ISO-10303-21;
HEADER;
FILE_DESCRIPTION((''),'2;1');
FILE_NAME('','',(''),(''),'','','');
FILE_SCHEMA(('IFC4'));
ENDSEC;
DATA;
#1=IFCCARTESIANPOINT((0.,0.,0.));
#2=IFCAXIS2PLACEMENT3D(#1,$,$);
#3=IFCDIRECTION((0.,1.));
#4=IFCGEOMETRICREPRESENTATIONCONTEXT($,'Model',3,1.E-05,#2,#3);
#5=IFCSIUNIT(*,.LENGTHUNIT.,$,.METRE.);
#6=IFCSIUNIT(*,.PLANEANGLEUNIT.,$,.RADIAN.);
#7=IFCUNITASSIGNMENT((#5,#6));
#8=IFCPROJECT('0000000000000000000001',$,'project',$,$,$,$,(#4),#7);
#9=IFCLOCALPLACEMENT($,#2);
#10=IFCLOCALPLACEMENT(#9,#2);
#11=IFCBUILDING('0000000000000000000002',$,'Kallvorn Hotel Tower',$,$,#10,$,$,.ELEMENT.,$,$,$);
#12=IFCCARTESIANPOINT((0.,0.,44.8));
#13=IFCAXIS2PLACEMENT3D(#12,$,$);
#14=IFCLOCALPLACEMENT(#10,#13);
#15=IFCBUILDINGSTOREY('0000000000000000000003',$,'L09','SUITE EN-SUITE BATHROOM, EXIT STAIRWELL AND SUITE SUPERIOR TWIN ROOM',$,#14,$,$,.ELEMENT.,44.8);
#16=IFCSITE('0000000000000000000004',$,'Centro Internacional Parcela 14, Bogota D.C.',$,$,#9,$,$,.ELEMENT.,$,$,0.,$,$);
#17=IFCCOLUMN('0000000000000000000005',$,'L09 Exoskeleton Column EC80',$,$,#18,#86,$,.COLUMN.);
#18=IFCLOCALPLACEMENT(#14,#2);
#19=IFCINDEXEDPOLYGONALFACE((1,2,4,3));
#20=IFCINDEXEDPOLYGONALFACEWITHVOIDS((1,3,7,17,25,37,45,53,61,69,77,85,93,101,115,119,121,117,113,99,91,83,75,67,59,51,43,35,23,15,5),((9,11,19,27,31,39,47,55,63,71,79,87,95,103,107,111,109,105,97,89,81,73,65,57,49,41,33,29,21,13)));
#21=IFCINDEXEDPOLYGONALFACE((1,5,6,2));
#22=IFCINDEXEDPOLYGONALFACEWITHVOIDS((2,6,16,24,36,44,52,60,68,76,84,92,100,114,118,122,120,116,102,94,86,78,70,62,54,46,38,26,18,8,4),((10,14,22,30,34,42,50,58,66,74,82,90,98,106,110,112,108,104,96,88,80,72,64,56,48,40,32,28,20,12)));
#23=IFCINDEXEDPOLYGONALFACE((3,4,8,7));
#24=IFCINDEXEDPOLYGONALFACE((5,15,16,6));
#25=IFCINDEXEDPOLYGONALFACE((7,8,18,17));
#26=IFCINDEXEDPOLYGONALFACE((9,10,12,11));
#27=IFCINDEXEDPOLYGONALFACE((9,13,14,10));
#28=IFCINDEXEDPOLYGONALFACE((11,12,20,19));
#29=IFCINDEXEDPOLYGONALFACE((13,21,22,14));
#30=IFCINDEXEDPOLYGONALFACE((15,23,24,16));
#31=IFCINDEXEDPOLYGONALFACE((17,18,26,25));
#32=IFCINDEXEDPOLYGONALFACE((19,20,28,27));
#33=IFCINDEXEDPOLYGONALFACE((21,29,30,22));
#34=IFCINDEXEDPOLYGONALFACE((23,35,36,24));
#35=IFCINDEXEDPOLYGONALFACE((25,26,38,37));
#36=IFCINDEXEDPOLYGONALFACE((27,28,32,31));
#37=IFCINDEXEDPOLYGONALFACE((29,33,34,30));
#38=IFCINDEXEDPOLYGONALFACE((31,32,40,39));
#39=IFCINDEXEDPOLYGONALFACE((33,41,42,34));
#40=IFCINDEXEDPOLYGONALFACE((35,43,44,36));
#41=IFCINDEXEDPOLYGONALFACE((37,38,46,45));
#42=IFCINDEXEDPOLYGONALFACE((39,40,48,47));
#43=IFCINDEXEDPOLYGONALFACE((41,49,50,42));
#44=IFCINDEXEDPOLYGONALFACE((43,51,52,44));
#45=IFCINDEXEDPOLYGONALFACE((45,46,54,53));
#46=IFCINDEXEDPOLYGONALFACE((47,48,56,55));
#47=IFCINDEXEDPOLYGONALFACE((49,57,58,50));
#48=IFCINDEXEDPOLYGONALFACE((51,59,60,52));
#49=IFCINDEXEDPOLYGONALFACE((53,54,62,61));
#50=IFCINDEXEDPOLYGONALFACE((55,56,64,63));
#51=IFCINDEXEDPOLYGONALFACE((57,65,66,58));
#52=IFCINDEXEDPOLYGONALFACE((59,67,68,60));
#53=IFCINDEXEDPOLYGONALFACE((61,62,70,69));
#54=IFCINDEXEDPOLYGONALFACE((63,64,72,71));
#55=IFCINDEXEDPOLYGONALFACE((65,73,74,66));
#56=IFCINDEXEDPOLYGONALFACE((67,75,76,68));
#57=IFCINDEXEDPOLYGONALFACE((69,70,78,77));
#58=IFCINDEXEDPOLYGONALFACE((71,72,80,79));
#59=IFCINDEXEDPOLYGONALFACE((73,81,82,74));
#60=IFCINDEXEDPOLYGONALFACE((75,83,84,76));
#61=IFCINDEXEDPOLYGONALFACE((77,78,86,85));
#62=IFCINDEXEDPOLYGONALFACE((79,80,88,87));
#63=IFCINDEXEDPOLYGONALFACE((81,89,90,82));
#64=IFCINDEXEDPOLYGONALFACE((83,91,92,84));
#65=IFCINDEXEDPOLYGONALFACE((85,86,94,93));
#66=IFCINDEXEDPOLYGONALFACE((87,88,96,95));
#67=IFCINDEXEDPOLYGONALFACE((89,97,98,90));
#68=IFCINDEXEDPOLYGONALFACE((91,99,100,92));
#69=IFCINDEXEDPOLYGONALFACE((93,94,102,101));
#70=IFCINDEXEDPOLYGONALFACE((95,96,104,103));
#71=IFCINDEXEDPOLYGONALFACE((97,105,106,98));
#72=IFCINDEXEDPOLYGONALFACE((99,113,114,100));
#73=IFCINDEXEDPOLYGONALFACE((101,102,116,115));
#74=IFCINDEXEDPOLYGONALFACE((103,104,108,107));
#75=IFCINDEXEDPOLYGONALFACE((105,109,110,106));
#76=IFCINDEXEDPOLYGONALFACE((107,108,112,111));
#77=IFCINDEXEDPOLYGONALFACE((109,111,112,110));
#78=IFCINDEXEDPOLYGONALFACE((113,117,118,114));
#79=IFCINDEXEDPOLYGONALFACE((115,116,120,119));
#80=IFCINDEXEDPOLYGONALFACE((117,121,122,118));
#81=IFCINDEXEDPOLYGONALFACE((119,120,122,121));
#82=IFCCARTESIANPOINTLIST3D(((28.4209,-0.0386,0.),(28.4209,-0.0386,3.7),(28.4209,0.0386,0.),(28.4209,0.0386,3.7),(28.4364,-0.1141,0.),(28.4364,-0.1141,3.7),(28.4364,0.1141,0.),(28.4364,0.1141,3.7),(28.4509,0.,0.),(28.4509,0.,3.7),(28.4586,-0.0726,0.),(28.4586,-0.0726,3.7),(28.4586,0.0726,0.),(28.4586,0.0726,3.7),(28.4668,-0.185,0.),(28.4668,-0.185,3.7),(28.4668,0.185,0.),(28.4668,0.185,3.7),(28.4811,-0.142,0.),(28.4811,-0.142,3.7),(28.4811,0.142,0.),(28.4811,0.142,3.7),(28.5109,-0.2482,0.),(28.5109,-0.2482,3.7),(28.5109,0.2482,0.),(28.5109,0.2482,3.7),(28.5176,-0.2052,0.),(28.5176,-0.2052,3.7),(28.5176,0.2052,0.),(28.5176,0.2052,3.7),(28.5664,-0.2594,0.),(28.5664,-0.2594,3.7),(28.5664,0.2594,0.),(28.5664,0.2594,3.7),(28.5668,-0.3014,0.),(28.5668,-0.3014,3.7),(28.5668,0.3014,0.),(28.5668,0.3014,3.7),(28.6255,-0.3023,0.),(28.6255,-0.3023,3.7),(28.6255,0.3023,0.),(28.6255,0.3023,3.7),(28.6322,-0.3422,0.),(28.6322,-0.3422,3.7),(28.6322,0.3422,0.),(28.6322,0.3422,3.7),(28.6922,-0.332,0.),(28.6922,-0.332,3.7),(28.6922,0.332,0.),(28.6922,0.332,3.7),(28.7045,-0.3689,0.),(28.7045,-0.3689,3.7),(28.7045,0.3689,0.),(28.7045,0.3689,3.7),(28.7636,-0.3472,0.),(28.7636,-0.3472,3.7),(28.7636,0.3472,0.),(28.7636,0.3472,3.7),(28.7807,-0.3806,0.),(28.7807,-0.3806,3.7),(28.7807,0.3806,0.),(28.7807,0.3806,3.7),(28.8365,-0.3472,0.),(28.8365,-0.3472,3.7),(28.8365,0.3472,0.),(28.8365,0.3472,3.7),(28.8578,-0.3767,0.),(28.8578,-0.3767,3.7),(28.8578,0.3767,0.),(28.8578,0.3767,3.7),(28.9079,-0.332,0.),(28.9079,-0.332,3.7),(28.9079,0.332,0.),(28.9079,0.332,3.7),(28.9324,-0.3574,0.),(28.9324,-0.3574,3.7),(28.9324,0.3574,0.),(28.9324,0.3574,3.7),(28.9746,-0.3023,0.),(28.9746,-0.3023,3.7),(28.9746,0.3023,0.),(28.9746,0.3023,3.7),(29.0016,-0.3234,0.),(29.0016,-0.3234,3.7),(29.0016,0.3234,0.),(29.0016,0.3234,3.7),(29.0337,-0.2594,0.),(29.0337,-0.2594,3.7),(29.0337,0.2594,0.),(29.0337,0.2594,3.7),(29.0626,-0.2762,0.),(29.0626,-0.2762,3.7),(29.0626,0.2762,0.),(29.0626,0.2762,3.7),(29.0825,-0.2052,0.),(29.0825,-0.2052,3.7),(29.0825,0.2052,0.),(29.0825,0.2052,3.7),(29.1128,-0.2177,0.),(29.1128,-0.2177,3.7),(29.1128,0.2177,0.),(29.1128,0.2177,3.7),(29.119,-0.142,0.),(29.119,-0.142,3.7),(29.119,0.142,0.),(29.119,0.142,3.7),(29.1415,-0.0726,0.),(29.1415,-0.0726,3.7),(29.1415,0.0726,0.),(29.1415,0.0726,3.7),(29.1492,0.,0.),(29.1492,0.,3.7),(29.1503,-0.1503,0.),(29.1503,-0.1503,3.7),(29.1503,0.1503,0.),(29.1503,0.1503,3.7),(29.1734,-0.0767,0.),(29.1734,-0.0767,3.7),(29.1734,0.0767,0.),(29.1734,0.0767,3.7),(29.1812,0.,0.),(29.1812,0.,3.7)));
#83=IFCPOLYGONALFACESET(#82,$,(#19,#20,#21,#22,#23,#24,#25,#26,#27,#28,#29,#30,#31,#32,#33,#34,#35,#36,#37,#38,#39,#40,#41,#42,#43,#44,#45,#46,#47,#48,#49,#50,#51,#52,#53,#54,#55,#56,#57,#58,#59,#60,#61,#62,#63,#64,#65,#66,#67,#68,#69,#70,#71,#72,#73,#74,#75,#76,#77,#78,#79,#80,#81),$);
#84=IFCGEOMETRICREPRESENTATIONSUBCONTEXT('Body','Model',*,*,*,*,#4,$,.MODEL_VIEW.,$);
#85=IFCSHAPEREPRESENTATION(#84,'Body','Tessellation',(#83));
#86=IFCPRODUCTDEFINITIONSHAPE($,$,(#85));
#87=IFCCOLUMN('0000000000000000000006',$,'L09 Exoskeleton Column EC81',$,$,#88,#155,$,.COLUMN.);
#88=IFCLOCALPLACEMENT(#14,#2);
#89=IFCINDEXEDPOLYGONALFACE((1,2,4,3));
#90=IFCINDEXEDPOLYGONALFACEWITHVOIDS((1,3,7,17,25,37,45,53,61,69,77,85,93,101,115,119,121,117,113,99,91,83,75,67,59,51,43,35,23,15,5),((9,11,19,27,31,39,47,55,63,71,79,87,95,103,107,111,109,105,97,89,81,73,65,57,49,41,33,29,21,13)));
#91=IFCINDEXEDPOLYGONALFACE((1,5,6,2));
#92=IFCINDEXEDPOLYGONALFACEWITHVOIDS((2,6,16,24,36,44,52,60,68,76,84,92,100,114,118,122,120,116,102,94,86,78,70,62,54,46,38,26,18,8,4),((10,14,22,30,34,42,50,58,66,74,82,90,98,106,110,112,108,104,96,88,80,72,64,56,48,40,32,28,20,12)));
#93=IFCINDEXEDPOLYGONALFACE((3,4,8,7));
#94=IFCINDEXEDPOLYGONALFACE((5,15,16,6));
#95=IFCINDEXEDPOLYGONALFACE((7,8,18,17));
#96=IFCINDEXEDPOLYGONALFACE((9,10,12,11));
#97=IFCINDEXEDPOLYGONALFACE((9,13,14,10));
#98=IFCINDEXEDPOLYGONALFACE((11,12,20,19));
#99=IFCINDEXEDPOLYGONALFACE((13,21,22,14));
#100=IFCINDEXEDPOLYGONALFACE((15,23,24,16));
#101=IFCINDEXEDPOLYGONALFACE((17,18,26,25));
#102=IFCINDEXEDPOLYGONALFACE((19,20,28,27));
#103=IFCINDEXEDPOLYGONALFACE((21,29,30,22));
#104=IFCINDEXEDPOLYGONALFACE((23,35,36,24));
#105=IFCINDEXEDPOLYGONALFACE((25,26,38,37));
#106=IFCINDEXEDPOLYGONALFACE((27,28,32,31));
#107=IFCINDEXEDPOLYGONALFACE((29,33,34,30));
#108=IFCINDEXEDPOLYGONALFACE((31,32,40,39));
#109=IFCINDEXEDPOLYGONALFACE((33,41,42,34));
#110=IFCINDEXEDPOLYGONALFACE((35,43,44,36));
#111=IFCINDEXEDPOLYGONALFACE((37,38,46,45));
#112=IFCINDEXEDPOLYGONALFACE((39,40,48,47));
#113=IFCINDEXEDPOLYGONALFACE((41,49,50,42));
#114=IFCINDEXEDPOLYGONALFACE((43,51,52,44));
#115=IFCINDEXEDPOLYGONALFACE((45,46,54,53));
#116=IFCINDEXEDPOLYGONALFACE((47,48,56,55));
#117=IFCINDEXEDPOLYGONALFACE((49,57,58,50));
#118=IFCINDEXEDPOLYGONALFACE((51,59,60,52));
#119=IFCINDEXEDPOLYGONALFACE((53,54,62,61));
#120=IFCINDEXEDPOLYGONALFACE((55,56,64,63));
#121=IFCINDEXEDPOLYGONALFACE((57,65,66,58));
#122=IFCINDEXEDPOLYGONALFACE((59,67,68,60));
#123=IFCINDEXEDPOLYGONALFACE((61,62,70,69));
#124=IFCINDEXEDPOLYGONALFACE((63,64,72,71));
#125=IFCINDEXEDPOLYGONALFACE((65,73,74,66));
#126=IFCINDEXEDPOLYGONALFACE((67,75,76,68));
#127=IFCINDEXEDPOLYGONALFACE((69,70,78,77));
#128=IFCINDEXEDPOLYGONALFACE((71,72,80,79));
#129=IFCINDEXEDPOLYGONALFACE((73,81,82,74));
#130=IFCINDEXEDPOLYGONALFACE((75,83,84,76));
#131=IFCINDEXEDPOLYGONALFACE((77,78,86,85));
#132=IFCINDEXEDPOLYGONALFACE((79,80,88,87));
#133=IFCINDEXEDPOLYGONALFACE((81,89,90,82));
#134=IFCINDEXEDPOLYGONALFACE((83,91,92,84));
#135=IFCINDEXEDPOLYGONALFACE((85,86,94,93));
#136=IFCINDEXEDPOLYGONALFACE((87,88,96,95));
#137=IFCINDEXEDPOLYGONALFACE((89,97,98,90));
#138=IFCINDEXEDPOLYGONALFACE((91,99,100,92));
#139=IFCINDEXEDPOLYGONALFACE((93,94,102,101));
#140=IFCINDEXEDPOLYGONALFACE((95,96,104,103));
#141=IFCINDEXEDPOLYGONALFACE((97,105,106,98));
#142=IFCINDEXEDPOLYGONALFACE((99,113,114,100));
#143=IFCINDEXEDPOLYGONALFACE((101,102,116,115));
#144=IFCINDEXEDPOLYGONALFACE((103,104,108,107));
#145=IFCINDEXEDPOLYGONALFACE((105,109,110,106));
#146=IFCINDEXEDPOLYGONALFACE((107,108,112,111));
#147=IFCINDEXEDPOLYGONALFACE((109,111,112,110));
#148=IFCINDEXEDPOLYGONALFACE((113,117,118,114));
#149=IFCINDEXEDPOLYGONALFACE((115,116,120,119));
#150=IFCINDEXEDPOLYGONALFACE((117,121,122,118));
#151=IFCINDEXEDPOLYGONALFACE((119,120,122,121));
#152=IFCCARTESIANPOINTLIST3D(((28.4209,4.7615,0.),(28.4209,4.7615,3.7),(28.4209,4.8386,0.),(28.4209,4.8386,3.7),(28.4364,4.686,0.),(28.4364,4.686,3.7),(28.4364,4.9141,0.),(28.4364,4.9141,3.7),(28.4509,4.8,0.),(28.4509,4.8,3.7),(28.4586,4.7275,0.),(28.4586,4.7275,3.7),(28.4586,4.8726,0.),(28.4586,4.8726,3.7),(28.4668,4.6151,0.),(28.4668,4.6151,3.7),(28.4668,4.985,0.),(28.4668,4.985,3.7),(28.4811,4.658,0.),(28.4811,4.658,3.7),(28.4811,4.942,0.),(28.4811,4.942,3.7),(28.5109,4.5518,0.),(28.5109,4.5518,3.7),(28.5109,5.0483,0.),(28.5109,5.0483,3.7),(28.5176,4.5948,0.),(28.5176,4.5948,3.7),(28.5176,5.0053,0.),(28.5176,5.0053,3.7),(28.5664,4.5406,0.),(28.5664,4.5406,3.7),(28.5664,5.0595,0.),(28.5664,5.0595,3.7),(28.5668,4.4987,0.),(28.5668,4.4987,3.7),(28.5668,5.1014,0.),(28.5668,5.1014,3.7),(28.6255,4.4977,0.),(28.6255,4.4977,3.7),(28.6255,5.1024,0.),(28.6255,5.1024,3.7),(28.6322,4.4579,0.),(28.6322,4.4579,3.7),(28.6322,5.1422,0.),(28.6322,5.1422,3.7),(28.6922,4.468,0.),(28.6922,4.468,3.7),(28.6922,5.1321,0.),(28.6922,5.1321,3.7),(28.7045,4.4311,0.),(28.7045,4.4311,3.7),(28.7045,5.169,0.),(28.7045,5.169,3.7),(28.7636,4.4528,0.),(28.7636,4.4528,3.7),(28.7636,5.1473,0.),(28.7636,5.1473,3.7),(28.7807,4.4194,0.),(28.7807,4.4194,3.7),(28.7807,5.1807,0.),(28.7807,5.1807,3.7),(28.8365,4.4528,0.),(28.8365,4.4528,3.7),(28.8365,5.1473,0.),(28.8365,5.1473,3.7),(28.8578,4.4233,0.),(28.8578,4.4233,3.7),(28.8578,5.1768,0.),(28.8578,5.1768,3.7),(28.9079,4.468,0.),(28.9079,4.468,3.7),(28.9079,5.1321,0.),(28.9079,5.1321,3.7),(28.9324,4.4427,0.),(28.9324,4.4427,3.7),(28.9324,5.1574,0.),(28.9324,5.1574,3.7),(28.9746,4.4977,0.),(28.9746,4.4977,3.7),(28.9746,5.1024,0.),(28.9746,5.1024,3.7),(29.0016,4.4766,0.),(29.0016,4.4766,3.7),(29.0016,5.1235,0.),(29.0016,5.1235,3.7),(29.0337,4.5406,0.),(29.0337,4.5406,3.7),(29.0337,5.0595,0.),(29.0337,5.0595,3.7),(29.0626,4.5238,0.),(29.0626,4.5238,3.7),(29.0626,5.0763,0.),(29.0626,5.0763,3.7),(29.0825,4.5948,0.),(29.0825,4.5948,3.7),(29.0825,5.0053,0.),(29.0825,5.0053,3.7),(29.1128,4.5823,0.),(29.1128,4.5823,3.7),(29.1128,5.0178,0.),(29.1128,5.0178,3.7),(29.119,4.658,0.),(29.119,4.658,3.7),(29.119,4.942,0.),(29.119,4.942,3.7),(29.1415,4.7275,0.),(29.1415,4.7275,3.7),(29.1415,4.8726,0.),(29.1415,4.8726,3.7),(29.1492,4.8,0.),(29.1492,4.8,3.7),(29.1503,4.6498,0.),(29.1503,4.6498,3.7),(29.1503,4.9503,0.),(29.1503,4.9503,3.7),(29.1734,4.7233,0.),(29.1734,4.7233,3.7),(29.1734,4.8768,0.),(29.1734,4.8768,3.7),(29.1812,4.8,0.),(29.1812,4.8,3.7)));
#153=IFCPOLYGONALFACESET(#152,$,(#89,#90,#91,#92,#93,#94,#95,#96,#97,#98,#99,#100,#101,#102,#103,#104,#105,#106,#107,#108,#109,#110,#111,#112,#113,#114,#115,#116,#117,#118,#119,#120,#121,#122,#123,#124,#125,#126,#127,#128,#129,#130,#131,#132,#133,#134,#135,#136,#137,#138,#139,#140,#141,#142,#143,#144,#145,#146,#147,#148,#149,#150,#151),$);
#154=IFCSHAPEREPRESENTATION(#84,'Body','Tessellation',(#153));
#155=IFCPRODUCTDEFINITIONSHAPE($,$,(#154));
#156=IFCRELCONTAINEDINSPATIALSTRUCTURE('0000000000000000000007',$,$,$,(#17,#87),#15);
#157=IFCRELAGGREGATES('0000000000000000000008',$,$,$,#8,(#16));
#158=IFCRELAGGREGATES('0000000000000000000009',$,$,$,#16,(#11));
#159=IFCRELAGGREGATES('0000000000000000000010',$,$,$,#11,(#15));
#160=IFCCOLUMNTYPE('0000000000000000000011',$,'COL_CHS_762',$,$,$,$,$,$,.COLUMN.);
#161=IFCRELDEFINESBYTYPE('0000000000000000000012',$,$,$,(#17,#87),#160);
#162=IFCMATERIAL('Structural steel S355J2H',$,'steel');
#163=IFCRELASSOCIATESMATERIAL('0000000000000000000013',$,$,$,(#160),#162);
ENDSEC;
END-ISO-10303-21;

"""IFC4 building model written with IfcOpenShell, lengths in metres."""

from ifc_helpers import new_model, si_unit, direction, frame, origin, origin_2d, place, context, subcontext, project, spatial, hollow_circle, extrude, material, material_profile, profile_set, type_object, element, save


model = new_model("IFC4")

# Units and contexts
model_context = context("Model", 3, precision=1e-05, world=origin(), true_north=direction((0.0, 1.0)))
body_context = subcontext(model_context, "Body", "Model", "MODEL_VIEW")
ifc_project = project(units=[si_unit("LENGTHUNIT", "METRE"), si_unit("PLANEANGLEUNIT", "RADIAN")], contexts=[model_context])

# Site, building, storey
site_placement = place(None, origin())
site = spatial("IfcSite", under=ifc_project, at=site_placement, Name="Centro Internacional Parcela 14, Bogota D.C.", CompositionType="ELEMENT", RefElevation=0.0)
building_placement = place(site_placement, origin())
building = spatial("IfcBuilding", under=site, at=building_placement, Name="Kallvorn Hotel Tower", CompositionType="ELEMENT")
storey_placement = place(building_placement, frame((0.0, 0.0, 44.8)))
storey = spatial("IfcBuildingStorey", under=building, at=storey_placement, Name="L09", Description="SUITE EN-SUITE BATHROOM, EXIT STAIRWELL AND SUITE SUPERIOR TWIN ROOM", CompositionType="ELEMENT", Elevation=44.8)

# Columns
ifc_material_1 = material(Name="Structural steel S355J2H", Category="steel")
ifc_material_profile_1 = material_profile(ifc_material_1, hollow_circle(Radius=0.3811, WallThickness=0.032, at=origin_2d()), Name="CHS 762x32")
ifc_profile_set_1 = profile_set([ifc_material_profile_1], Name="Structural steel S355J2H")
column_type_1 = type_object("IfcColumnType", Name="COL_CHS_762", PredefinedType="COLUMN", material=ifc_profile_set_1)
for number, where, z_axis, x_axis, name in (
    (1, (28.8, 0.0, 0.0), (0.0, 0.0, 1.0), (1.0, 0.0, 0.0), "L09 Exoskeleton Column EC80"),
    (2, (28.8, 4.8, 0.0), (0.0, 0.0, 1.0), (1.0, 0.0, 0.0), "L09 Exoskeleton Column EC81"),
):
    element("IfcColumn", number, at=place(storey_placement, frame(where, z_axis=z_axis, x_axis=x_axis)), inside=storey, type_object=column_type_1, Name=name, PredefinedType="COLUMN", context=body_context, shape_type="SweptSolid", body=[
        extrude(hollow_circle(Radius=0.3811, WallThickness=0.032, at=origin_2d()), origin(), (0.0, 0.0, 1.0), 3.7),
    ])

save(model, "model.ifc")
